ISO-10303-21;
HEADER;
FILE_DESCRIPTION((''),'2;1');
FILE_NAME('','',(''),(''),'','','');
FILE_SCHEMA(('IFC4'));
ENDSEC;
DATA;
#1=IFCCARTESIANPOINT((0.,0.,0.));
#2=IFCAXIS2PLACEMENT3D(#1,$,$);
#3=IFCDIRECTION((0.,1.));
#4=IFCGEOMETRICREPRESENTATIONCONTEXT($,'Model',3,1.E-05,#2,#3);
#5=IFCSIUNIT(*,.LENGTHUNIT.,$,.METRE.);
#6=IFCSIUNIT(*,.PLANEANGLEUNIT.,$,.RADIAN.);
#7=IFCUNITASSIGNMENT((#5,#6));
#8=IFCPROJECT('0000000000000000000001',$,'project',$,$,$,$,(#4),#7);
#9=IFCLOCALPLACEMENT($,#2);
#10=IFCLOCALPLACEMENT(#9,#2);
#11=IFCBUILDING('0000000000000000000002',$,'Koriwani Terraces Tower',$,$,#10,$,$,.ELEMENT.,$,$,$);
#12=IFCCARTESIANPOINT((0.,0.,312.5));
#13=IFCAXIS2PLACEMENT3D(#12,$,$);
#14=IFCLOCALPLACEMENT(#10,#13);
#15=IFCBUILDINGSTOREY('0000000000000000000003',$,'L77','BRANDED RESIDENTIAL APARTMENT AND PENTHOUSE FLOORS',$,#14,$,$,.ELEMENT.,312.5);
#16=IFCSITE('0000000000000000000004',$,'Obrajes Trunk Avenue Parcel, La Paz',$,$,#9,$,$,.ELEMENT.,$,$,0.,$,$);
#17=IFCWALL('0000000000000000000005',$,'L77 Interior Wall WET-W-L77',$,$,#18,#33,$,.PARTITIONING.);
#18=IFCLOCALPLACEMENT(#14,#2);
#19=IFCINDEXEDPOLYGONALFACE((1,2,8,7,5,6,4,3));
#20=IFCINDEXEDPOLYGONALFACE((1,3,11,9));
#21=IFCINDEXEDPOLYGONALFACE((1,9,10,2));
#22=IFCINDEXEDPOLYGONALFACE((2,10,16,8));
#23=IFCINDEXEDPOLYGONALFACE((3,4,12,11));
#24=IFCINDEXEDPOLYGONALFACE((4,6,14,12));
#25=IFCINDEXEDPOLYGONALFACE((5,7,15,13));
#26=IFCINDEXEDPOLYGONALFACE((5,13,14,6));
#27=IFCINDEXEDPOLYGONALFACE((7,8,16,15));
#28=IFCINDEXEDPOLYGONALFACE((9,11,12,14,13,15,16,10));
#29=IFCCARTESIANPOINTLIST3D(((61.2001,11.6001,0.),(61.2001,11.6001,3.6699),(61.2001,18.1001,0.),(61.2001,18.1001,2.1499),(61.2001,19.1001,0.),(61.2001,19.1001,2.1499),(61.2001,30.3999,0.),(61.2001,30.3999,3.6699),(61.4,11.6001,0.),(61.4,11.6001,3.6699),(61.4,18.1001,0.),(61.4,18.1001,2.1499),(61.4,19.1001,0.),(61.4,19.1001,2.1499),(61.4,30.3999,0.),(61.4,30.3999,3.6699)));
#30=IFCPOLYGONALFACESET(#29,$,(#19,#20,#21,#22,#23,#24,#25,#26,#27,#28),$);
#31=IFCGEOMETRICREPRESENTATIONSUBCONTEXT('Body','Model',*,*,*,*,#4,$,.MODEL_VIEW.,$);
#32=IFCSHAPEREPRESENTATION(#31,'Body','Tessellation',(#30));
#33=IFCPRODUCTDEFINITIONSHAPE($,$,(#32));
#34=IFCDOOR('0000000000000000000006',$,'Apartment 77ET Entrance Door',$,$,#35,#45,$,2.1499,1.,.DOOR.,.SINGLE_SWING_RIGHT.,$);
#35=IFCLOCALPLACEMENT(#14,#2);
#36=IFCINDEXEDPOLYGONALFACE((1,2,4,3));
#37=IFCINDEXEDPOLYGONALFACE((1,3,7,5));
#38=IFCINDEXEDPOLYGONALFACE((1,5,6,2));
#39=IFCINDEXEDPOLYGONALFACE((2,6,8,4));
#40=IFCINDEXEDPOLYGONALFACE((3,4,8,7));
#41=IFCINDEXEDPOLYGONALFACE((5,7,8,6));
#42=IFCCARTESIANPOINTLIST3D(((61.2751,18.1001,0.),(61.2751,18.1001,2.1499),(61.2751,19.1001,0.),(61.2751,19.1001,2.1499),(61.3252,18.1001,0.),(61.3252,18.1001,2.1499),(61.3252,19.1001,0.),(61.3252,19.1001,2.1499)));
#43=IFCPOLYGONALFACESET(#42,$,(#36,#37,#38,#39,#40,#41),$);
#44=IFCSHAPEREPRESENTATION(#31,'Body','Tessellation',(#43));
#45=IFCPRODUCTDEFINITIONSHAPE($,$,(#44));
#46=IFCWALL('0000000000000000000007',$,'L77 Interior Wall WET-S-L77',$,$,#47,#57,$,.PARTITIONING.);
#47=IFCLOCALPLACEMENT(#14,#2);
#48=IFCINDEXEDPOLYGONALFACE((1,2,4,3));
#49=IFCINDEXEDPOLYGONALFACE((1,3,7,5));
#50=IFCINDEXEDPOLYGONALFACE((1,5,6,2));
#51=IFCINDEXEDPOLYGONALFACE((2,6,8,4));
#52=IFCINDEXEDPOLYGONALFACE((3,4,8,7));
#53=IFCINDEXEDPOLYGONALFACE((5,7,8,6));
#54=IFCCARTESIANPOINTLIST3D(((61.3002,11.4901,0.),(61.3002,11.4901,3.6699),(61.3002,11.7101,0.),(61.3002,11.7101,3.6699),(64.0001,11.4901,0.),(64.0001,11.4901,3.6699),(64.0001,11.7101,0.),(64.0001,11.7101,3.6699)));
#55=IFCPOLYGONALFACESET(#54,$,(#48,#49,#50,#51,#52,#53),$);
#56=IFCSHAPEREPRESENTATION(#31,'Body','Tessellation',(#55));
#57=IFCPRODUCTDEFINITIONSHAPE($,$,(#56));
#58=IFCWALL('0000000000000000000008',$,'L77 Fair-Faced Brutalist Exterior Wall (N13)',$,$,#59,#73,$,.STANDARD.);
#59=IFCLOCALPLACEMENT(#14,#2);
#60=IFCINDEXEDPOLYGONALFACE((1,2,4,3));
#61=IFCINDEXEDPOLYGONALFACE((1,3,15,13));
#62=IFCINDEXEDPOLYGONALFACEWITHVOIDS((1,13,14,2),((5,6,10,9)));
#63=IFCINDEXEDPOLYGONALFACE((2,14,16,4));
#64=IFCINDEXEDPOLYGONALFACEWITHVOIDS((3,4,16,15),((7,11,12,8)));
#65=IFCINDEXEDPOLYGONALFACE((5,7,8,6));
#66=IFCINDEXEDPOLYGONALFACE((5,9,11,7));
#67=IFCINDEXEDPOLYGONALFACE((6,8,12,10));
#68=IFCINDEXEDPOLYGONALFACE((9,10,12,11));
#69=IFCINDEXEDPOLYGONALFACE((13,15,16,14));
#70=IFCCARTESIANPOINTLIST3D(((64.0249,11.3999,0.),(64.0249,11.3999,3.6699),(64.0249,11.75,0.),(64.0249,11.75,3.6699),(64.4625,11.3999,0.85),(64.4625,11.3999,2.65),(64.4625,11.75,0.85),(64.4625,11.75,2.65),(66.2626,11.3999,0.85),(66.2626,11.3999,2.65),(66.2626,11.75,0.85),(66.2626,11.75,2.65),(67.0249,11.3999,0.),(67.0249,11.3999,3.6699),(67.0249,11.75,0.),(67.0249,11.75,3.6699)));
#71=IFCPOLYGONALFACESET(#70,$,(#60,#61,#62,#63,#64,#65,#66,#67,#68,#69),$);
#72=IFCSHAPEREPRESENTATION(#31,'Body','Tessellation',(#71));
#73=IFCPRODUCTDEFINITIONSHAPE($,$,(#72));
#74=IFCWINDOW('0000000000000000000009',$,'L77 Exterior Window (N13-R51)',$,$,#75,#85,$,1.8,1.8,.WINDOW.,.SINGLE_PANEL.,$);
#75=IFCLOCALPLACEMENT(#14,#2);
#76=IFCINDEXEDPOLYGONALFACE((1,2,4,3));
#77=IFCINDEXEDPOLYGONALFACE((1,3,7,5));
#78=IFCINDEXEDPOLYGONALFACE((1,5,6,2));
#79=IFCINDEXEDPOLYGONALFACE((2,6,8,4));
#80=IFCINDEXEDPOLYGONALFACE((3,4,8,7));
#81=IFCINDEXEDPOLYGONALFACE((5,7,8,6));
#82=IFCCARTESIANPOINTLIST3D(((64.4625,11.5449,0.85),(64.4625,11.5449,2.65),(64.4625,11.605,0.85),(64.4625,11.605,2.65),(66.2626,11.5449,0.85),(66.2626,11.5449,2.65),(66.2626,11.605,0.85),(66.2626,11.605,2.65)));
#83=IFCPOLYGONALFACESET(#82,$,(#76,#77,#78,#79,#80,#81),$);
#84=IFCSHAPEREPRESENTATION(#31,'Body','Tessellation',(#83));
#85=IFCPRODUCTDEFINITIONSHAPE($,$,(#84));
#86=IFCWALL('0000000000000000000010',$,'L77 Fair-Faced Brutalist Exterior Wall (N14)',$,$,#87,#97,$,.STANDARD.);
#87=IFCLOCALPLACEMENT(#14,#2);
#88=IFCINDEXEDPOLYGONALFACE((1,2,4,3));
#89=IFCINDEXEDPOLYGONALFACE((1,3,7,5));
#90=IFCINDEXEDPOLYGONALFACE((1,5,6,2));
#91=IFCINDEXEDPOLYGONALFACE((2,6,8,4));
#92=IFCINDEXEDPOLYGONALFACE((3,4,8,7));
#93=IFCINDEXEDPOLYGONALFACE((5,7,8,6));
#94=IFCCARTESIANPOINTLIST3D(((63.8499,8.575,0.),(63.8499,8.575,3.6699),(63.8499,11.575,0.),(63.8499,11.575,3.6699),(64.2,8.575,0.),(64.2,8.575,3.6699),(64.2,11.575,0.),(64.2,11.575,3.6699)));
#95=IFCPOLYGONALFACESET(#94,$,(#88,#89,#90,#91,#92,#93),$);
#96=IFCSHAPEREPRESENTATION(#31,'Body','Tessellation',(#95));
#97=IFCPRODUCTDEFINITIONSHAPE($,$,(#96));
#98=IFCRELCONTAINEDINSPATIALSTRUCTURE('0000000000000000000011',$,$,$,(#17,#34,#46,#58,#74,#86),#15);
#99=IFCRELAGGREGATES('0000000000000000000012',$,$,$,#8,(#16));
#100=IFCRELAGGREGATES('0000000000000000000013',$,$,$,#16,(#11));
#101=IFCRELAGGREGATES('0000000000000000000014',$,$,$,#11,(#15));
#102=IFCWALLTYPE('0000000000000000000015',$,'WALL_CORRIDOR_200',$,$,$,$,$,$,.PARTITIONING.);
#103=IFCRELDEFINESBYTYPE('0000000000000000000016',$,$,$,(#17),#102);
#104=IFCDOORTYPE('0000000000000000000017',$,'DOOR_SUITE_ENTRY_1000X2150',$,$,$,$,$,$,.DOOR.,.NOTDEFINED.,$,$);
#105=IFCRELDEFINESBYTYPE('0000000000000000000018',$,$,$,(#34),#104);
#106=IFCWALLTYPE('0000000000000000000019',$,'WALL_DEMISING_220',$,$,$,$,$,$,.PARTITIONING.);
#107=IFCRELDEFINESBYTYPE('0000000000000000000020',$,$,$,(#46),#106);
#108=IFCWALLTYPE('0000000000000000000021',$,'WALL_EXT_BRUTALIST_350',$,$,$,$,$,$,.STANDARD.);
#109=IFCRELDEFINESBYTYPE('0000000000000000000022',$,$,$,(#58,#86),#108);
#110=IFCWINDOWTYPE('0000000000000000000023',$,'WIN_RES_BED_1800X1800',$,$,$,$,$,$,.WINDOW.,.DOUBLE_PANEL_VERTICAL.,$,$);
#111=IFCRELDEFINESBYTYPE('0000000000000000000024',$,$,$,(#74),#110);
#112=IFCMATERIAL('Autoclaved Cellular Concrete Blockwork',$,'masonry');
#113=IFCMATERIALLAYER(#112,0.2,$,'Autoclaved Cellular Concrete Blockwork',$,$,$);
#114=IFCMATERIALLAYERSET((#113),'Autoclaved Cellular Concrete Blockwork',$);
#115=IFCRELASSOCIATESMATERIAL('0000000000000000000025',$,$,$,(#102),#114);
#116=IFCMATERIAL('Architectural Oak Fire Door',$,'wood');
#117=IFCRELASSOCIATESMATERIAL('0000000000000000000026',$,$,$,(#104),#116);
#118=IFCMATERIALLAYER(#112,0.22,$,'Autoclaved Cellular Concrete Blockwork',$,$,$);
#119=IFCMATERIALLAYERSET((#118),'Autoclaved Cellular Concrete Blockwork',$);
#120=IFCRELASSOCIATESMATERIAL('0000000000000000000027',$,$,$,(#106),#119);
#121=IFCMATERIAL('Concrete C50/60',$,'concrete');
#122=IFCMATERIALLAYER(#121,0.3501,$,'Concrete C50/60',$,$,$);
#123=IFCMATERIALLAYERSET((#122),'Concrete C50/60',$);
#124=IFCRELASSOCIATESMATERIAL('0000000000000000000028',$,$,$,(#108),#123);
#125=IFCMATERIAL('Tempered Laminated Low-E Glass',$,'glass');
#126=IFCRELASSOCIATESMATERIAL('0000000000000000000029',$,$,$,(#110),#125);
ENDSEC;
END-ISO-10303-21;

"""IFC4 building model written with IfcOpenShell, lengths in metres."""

from ifc_helpers import new_model, si_unit, direction, frame, frame_2d, origin, place, context, subcontext, project, spatial, rectangle, extrude, material, layer, layer_set, type_object, element, fill, save


model = new_model("IFC4")

# Units and contexts
model_context = context("Model", 3, precision=1e-05, world=origin(), true_north=direction((0.0, 1.0)))
body_context = subcontext(model_context, "Body", "Model", "MODEL_VIEW")
ifc_project = project(units=[si_unit("LENGTHUNIT", "METRE"), si_unit("PLANEANGLEUNIT", "RADIAN")], contexts=[model_context])

# Site, building, storey
site_placement = place(None, origin())
site = spatial("IfcSite", under=ifc_project, at=site_placement, Name="Obrajes Trunk Avenue Parcel, La Paz", CompositionType="ELEMENT", RefElevation=0.0)
building_placement = place(site_placement, origin())
building = spatial("IfcBuilding", under=site, at=building_placement, Name="Koriwani Terraces Tower", CompositionType="ELEMENT")
storey_placement = place(building_placement, frame((0.0, 0.0, 312.5)))
storey = spatial("IfcBuildingStorey", under=building, at=storey_placement, Name="L77", Description="BRANDED RESIDENTIAL APARTMENT AND PENTHOUSE FLOORS", CompositionType="ELEMENT", Elevation=312.5)

# Shared definitions
ifc_material_1 = material(Name="Concrete C50/60", Category="concrete")

# Wall, opening, door
ifc_material_2 = material(Name="Autoclaved Cellular Concrete Blockwork", Category="masonry")
ifc_layer_1 = layer(ifc_material_2, 0.2, Name="Autoclaved Cellular Concrete Blockwork")
ifc_layer_set_1 = layer_set([ifc_layer_1], Name="Autoclaved Cellular Concrete Blockwork")
wall_type_1 = type_object("IfcWallType", Name="WALL_CORRIDOR_200", PredefinedType="PARTITIONING", material=ifc_layer_set_1)
ifc_material_3 = material(Name="Architectural Oak Fire Door", Category="wood")
wall_1_placement = place(storey_placement, frame((61.3, 11.6001, 0.0), z_axis=(0.0, 0.0, 1.0), x_axis=(0.0, 1.0, 0.0)))
wall_1 = element("IfcWall", 1, at=wall_1_placement, inside=storey, type_object=wall_type_1, Name="L77 Interior Wall WET-W-L77", PredefinedType="PARTITIONING", context=body_context, shape_type="SweptSolid", body=[
    extrude(rectangle(XDim=18.7998, YDim=0.2, at=frame_2d((9.3999, 0.0))), origin(), (0.0, 0.0, 1.0), 3.6699),
])
opening_1_placement = place(wall_1_placement, frame((6.5, 0.0, 0.0)))
opening_1 = element("IfcOpeningElement", 2, at=opening_1_placement, cuts=wall_1, PredefinedType="OPENING", context=body_context, shape_type="SweptSolid", body=[
    extrude(rectangle(XDim=1.0, YDim=2.1499, at=frame_2d((0.5, 1.075))), frame((0.0, 0.1099, 0.0), z_axis=(0.0, -1.0, 0.0), x_axis=(1.0, 0.0, 0.0)), (0.0, 0.0, 1.0), 0.22),
])
door_type_1 = type_object("IfcDoorType", Name="DOOR_SUITE_ENTRY_1000X2150", OperationType="NOTDEFINED", PredefinedType="DOOR", material=ifc_material_3)
door_1_placement = place(opening_1_placement, origin())
door_1 = element("IfcDoor", 3, at=door_1_placement, inside=storey, type_object=door_type_1, Name="Apartment 77ET Entrance Door", OperationType="SINGLE_SWING_RIGHT", OverallHeight=2.1499, OverallWidth=1.0, PredefinedType="DOOR", context=body_context, shape_type="SweptSolid", body=[
    extrude(rectangle(XDim=1.0, YDim=2.1499, at=frame_2d((0.5, 1.075))), frame((0.0, 0.0249, 0.0), z_axis=(0.0, -1.0, 0.0), x_axis=(1.0, 0.0, 0.0)), (0.0, 0.0, 1.0), 0.05),
])
fill(opening_1, door_1)

# Wall
ifc_layer_2 = layer(ifc_material_2, 0.22, Name="Autoclaved Cellular Concrete Blockwork")
ifc_layer_set_2 = layer_set([ifc_layer_2], Name="Autoclaved Cellular Concrete Blockwork")
wall_type_2 = type_object("IfcWallType", Name="WALL_DEMISING_220", PredefinedType="PARTITIONING", material=ifc_layer_set_2)
wall_2_placement = place(storey_placement, frame((61.3, 11.6001, 0.0), z_axis=(0.0, 0.0, 1.0), x_axis=(1.0, 0.0, 0.0)))
element("IfcWall", 4, at=wall_2_placement, inside=storey, type_object=wall_type_2, Name="L77 Interior Wall WET-S-L77", PredefinedType="PARTITIONING", context=body_context, shape_type="SweptSolid", body=[
    extrude(rectangle(XDim=2.7, YDim=0.22, at=frame_2d((1.3501, 0.0))), origin(), (0.0, 0.0, 1.0), 3.6699),
])

# Wall, opening, window
ifc_layer_3 = layer(ifc_material_1, 0.3501, Name="Concrete C50/60")
ifc_layer_set_3 = layer_set([ifc_layer_3], Name="Concrete C50/60")
wall_type_3 = type_object("IfcWallType", Name="WALL_EXT_BRUTALIST_350", PredefinedType="STANDARD", material=ifc_layer_set_3)
wall_3_placement = place(storey_placement, frame((67.0249, 11.575, 0.0), z_axis=(0.0, 0.0, 1.0), x_axis=(-1.0, 0.0, 0.0)))
wall_3 = element("IfcWall", 5, at=wall_3_placement, inside=storey, type_object=wall_type_3, Name="L77 Fair-Faced Brutalist Exterior Wall (N13)", PredefinedType="STANDARD", context=body_context, shape_type="SweptSolid", body=[
    extrude(rectangle(XDim=3.0, YDim=0.3501, at=frame_2d((1.5, 0.0))), origin(), (0.0, 0.0, 1.0), 3.6699),
])
opening_2_placement = place(wall_3_placement, frame((0.7625, 0.0, 0.8501)))
opening_2 = element("IfcOpeningElement", 6, at=opening_2_placement, cuts=wall_3, PredefinedType="OPENING", context=body_context, shape_type="SweptSolid", body=[
    extrude(rectangle(XDim=1.8, YDim=1.8, at=frame_2d((0.8999, 0.8999))), frame((0.0, 0.1851, 0.0), z_axis=(0.0, -1.0, 0.0), x_axis=(1.0, 0.0, 0.0)), (0.0, 0.0, 1.0), 0.3701),
])
ifc_material_4 = material(Name="Tempered Laminated Low-E Glass", Category="glass")
window_type_1 = type_object("IfcWindowType", Name="WIN_RES_BED_1800X1800", PartitioningType="DOUBLE_PANEL_VERTICAL", PredefinedType="WINDOW", material=ifc_material_4)
window_1_placement = place(opening_2_placement, origin())
window_1 = element("IfcWindow", 7, at=window_1_placement, inside=storey, type_object=window_type_1, Name="L77 Exterior Window (N13-R51)", OverallHeight=1.8, OverallWidth=1.8, PartitioningType="SINGLE_PANEL", PredefinedType="WINDOW", context=body_context, shape_type="SweptSolid", body=[
    extrude(rectangle(XDim=1.8, YDim=1.8, at=frame_2d((0.8999, 0.8999))), frame((0.0, 0.03, 0.0), z_axis=(0.0, -1.0, 0.0), x_axis=(1.0, 0.0, 0.0)), (0.0, 0.0, 1.0), 0.0601),
])
fill(opening_2, window_1)

# Wall
wall_4_placement = place(storey_placement, frame((64.0249, 11.575, 0.0), z_axis=(0.0, 0.0, 1.0), x_axis=(0.0, -1.0, 0.0)))
element("IfcWall", 8, at=wall_4_placement, inside=storey, type_object=wall_type_3, Name="L77 Fair-Faced Brutalist Exterior Wall (N14)", PredefinedType="STANDARD", context=body_context, shape_type="SweptSolid", body=[
    extrude(rectangle(XDim=3.0, YDim=0.3501, at=frame_2d((1.5, 0.0))), origin(), (0.0, 0.0, 1.0), 3.6699),
])

save(model, "model.ifc")
